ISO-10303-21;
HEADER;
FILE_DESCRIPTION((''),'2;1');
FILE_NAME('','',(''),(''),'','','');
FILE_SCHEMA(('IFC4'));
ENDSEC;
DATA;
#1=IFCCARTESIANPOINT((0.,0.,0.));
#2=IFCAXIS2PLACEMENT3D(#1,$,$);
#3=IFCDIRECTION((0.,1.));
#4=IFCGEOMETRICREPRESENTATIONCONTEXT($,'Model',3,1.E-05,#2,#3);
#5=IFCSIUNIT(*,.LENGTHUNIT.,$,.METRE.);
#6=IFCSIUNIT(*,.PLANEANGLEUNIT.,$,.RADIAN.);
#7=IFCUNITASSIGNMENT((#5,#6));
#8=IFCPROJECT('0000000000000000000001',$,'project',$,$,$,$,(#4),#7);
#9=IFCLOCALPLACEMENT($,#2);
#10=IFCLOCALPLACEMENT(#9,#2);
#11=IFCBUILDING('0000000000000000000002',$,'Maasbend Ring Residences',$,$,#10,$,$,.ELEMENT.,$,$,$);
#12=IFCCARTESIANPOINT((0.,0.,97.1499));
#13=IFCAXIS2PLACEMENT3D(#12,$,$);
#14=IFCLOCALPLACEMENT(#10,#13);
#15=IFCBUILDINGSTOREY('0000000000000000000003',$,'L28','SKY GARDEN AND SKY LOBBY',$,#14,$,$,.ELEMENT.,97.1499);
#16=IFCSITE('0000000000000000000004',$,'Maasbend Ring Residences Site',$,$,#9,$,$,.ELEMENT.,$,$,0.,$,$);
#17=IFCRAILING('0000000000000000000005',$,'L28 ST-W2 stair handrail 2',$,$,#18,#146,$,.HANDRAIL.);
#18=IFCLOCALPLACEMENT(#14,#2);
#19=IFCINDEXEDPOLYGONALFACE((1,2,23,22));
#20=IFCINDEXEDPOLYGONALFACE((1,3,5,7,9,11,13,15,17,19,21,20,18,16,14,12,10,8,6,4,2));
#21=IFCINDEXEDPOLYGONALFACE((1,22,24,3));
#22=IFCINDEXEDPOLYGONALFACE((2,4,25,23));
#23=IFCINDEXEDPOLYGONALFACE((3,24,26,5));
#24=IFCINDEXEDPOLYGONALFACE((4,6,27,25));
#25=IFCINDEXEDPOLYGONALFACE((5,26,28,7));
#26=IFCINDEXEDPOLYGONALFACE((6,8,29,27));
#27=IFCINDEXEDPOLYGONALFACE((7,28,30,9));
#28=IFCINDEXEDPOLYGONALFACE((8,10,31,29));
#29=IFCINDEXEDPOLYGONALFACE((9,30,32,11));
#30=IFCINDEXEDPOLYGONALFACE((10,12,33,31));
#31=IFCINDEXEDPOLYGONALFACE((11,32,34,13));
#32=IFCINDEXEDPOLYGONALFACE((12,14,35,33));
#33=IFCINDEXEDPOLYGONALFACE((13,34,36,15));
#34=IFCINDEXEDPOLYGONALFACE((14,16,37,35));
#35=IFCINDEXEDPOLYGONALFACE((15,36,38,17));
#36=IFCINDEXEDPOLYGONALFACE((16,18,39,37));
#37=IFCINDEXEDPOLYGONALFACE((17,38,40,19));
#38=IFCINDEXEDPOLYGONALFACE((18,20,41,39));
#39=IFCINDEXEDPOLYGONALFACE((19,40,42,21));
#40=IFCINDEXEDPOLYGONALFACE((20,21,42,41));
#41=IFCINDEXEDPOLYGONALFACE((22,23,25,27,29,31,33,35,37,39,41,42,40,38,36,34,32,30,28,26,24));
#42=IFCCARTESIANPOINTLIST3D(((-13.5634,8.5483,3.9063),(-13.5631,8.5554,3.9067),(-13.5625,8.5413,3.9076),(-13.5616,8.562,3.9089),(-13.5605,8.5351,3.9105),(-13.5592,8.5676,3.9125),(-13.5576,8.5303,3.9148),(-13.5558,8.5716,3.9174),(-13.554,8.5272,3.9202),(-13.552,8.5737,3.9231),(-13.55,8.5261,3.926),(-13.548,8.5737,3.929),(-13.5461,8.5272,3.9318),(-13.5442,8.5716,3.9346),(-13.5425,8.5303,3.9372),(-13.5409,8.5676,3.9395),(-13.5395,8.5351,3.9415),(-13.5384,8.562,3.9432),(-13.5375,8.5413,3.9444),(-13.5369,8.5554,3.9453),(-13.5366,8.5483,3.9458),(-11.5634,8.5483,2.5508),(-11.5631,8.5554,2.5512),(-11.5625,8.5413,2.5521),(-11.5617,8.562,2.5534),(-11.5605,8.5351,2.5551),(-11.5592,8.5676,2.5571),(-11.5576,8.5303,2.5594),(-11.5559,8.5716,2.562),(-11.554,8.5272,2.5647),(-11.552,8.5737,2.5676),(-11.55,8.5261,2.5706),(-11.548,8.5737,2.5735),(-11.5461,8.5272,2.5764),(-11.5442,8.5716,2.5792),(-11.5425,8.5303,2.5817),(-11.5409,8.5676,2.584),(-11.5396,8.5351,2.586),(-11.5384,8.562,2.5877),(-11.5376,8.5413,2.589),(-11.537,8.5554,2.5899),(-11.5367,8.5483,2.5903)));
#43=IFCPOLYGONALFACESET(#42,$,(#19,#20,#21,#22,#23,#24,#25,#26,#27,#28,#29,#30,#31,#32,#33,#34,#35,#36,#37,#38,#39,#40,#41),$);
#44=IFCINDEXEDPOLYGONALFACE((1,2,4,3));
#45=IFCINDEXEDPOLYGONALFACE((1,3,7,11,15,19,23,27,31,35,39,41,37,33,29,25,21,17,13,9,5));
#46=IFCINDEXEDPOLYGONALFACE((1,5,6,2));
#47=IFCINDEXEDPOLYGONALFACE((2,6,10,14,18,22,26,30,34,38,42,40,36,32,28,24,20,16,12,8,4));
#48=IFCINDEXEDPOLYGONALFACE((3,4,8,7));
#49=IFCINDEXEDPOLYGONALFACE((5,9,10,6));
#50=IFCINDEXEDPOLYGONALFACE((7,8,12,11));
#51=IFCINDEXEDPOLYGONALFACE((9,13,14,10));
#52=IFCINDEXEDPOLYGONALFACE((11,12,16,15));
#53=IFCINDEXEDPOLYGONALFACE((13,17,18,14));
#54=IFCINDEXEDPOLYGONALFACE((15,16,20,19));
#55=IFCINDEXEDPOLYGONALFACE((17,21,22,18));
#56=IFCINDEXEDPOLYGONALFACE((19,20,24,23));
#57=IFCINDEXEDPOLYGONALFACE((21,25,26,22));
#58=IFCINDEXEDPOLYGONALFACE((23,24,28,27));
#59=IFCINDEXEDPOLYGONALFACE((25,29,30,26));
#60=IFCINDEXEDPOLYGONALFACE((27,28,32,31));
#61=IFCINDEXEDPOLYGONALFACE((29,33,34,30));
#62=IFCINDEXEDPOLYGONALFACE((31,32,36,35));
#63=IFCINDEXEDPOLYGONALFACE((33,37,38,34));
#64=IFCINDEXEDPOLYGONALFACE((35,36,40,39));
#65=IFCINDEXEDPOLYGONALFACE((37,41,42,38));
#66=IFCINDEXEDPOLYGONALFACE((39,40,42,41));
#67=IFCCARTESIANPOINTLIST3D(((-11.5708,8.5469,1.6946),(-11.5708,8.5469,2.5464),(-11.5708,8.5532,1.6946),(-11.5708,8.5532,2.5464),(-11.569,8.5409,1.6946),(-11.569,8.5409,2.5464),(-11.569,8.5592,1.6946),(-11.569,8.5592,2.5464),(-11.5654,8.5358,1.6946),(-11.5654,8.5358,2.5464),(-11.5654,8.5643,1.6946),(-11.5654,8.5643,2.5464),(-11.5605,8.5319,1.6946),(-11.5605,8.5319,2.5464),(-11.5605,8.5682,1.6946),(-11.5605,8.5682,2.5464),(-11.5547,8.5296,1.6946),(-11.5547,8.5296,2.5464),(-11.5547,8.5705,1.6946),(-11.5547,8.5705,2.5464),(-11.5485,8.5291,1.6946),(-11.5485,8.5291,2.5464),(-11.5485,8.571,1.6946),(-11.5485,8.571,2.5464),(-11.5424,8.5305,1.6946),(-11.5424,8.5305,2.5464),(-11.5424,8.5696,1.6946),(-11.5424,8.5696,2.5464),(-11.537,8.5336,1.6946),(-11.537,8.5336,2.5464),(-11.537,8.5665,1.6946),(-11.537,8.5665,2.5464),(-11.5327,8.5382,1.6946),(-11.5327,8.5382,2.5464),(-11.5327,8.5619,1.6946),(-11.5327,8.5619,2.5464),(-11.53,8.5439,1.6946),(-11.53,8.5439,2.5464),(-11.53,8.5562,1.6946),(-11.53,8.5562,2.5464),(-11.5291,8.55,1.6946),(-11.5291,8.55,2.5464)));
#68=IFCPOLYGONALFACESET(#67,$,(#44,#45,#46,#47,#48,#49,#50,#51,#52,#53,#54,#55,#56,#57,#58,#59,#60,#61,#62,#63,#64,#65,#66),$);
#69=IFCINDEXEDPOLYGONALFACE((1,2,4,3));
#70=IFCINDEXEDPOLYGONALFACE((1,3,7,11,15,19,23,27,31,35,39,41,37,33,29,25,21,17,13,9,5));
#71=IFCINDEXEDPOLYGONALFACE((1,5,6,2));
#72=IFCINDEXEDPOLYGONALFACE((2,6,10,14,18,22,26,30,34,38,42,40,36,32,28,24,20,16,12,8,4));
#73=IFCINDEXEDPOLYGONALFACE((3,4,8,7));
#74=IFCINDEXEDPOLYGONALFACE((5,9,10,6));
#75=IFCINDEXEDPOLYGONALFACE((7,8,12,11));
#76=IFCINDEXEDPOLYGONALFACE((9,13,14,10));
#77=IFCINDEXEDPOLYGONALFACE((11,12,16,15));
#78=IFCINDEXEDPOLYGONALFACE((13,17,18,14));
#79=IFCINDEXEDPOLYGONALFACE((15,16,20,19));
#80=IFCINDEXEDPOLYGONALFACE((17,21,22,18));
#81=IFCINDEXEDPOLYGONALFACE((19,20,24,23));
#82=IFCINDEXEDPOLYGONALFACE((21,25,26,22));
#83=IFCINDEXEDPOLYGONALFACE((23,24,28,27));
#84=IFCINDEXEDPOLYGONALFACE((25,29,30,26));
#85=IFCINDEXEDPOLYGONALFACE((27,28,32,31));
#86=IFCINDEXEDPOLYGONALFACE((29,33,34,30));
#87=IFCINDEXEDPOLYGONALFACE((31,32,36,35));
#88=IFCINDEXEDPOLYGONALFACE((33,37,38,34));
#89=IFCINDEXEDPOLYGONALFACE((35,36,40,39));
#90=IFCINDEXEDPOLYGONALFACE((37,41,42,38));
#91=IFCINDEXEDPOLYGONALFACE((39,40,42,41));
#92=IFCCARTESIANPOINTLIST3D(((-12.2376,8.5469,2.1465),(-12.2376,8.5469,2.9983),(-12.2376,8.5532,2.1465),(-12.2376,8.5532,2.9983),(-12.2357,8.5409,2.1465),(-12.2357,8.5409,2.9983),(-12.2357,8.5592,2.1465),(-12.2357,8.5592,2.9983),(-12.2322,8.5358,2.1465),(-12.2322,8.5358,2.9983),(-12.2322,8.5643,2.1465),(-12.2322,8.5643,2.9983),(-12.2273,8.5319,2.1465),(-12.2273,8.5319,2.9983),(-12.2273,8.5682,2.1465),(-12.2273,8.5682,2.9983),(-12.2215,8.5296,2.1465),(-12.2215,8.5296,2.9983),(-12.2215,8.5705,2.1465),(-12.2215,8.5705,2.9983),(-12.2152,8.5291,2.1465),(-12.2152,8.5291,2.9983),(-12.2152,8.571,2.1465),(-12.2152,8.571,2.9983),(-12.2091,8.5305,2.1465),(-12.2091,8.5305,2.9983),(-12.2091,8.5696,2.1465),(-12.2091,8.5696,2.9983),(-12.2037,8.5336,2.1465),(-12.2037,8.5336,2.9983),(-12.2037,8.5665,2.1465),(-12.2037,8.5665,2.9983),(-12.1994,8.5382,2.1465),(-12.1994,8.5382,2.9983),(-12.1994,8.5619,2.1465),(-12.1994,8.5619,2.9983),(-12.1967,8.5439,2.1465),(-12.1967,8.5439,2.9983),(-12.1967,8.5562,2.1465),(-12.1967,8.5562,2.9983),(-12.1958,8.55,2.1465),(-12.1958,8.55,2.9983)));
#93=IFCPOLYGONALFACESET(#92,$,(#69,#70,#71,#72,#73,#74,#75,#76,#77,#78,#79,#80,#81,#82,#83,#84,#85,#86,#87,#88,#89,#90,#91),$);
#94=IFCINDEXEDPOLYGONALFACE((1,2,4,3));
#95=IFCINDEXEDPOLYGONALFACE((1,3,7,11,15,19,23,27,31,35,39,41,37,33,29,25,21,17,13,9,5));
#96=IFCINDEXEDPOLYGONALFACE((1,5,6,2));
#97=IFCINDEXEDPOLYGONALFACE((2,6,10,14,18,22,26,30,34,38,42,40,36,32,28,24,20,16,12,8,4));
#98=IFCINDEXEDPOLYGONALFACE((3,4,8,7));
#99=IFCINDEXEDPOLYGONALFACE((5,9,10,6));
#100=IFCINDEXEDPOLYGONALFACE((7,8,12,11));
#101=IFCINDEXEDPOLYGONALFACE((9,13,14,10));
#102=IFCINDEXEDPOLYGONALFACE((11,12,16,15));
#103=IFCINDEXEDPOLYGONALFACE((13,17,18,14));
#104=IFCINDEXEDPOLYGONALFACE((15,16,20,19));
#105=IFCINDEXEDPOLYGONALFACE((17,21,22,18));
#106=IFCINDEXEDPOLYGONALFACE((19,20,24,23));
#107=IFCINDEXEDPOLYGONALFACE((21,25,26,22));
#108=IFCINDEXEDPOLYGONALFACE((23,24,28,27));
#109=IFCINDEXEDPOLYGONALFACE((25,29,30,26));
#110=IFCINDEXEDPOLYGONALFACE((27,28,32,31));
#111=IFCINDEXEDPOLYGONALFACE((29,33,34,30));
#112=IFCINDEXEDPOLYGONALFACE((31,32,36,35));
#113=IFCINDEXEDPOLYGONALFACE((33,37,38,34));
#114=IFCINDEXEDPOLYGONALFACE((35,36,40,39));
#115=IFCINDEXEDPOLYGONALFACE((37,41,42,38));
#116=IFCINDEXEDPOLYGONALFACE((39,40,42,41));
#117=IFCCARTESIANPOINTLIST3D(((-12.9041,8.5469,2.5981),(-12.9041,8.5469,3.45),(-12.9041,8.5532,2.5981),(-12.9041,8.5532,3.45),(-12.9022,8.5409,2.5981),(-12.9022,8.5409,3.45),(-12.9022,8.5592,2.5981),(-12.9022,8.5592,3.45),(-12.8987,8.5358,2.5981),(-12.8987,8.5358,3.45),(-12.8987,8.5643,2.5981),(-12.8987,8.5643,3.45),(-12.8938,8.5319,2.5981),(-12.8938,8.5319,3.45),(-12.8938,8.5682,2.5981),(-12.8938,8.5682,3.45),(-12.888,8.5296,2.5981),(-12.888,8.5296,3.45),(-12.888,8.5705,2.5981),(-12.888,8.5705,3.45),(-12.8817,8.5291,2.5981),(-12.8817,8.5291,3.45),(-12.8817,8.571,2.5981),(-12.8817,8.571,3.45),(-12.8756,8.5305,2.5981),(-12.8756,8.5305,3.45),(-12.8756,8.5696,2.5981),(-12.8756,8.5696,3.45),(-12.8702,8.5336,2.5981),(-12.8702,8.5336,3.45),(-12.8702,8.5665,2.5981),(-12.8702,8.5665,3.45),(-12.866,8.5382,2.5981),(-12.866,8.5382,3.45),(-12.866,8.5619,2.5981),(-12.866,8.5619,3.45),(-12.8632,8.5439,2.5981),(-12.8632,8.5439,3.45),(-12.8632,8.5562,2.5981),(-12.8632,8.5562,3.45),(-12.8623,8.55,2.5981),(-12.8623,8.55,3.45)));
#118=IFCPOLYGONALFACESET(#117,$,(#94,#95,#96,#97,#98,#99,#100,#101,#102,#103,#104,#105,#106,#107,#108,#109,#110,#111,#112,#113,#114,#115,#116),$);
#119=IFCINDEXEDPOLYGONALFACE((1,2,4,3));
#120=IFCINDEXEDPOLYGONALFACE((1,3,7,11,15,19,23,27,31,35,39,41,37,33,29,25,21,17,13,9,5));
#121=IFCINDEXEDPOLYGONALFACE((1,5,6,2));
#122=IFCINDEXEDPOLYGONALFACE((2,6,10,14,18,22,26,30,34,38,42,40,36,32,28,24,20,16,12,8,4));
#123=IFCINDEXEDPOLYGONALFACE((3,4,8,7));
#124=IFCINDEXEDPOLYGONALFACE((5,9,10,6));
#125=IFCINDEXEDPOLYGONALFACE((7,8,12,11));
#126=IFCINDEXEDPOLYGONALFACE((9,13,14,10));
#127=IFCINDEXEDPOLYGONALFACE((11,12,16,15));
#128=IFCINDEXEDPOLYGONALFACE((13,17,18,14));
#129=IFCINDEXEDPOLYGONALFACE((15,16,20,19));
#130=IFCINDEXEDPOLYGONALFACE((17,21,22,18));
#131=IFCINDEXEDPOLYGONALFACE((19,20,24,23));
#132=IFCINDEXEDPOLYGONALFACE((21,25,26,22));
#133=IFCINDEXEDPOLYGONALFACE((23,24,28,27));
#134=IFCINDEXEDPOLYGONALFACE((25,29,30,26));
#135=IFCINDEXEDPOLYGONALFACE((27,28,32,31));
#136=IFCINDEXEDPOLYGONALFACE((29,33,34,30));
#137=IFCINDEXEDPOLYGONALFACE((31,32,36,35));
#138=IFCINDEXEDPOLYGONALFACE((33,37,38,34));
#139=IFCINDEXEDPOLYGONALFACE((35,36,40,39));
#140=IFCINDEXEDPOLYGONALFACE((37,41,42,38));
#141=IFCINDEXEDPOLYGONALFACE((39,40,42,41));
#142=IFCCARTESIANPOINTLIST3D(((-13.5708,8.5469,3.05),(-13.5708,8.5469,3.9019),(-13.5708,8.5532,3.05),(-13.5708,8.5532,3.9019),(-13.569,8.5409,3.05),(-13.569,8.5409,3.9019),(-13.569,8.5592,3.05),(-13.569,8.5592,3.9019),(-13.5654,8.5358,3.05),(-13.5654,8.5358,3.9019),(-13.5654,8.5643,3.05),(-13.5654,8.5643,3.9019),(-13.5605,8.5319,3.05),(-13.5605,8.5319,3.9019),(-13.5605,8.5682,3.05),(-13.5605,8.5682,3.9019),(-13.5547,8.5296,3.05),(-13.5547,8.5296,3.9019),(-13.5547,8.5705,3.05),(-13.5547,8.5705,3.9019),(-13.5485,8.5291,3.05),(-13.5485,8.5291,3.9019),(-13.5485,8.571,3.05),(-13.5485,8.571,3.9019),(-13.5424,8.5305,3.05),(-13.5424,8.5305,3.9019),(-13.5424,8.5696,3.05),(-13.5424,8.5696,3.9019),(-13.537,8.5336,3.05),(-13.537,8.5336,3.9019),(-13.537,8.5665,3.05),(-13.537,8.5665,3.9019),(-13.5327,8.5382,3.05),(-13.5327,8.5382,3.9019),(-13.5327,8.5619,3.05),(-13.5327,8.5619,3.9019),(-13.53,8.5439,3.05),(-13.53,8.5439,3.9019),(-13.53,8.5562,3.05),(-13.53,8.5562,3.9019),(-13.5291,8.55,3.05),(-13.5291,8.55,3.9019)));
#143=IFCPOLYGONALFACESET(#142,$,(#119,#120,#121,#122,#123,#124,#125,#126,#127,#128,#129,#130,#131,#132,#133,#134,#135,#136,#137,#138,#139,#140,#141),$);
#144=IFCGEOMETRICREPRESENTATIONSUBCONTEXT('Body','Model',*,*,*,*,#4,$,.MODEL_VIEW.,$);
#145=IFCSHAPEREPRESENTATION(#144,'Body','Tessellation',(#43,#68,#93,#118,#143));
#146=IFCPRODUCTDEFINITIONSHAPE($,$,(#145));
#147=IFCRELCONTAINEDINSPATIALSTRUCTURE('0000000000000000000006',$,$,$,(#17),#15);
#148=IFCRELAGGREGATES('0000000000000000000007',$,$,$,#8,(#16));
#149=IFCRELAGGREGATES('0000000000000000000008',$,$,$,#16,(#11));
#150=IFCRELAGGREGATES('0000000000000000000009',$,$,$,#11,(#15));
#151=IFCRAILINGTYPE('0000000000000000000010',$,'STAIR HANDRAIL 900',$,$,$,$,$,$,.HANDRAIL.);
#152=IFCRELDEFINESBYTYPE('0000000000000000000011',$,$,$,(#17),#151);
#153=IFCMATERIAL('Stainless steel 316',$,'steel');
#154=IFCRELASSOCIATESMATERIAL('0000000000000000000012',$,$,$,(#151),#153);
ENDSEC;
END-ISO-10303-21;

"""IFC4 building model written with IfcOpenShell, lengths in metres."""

from ifc_helpers import new_model, si_unit, direction, frame, origin, origin_2d, place, context, subcontext, project, spatial, circle, extrude, material, type_object, element, save


model = new_model("IFC4")

# Units and contexts
model_context = context("Model", 3, precision=1e-05, world=origin(), true_north=direction((0.0, 1.0)))
body_context = subcontext(model_context, "Body", "Model", "MODEL_VIEW")
ifc_project = project(units=[si_unit("LENGTHUNIT", "METRE"), si_unit("PLANEANGLEUNIT", "RADIAN")], contexts=[model_context])

# Site, building, storey
site_placement = place(None, origin())
site = spatial("IfcSite", under=ifc_project, at=site_placement, Name="Maasbend Ring Residences Site", CompositionType="ELEMENT", RefElevation=0.0)
building_placement = place(site_placement, origin())
building = spatial("IfcBuilding", under=site, at=building_placement, Name="Maasbend Ring Residences", CompositionType="ELEMENT")
storey_placement = place(building_placement, frame((0.0, 0.0, 97.1499)))
storey = spatial("IfcBuildingStorey", under=building, at=storey_placement, Name="L28", Description="SKY GARDEN AND SKY LOBBY", CompositionType="ELEMENT", Elevation=97.1499)

# Railing
ifc_material_1 = material(Name="Stainless steel 316", Category="steel")
railing_type = type_object("IfcRailingType", Name="STAIR HANDRAIL 900", PredefinedType="HANDRAIL", material=ifc_material_1)
for number, where, name in (
    (1, (-11.55, 8.55, 1.6946), "L28 ST-W2 stair handrail 2"),
):
    element("IfcRailing", number, at=place(storey_placement, frame(where)), inside=storey, type_object=railing_type, Name=name, PredefinedType="HANDRAIL", context=body_context, shape_type="SweptSolid", body=[
        extrude(circle(Radius=0.0239, at=origin_2d()), frame((0.0, 0.0, 0.876), z_axis=(-0.827798, 0.0, 0.561027), x_axis=(0.0, -1.0, 0.0)), (0.0, 0.0, 1.0), 2.416),
        extrude(circle(Radius=0.021, at=origin_2d()), origin(), (0.0, 0.0, 1.0), 0.8518),
        extrude(circle(Radius=0.021, at=origin_2d()), frame((-0.6667, 0.0, 0.4519)), (0.0, 0.0, 1.0), 0.8518),
        extrude(circle(Radius=0.021, at=origin_2d()), frame((-1.3333, 0.0, 0.9036)), (0.0, 0.0, 1.0), 0.8518),
        extrude(circle(Radius=0.021, at=origin_2d()), frame((-2.0, 0.0, 1.3555)), (0.0, 0.0, 1.0), 0.8518),
    ])

save(model, "model.ifc")
